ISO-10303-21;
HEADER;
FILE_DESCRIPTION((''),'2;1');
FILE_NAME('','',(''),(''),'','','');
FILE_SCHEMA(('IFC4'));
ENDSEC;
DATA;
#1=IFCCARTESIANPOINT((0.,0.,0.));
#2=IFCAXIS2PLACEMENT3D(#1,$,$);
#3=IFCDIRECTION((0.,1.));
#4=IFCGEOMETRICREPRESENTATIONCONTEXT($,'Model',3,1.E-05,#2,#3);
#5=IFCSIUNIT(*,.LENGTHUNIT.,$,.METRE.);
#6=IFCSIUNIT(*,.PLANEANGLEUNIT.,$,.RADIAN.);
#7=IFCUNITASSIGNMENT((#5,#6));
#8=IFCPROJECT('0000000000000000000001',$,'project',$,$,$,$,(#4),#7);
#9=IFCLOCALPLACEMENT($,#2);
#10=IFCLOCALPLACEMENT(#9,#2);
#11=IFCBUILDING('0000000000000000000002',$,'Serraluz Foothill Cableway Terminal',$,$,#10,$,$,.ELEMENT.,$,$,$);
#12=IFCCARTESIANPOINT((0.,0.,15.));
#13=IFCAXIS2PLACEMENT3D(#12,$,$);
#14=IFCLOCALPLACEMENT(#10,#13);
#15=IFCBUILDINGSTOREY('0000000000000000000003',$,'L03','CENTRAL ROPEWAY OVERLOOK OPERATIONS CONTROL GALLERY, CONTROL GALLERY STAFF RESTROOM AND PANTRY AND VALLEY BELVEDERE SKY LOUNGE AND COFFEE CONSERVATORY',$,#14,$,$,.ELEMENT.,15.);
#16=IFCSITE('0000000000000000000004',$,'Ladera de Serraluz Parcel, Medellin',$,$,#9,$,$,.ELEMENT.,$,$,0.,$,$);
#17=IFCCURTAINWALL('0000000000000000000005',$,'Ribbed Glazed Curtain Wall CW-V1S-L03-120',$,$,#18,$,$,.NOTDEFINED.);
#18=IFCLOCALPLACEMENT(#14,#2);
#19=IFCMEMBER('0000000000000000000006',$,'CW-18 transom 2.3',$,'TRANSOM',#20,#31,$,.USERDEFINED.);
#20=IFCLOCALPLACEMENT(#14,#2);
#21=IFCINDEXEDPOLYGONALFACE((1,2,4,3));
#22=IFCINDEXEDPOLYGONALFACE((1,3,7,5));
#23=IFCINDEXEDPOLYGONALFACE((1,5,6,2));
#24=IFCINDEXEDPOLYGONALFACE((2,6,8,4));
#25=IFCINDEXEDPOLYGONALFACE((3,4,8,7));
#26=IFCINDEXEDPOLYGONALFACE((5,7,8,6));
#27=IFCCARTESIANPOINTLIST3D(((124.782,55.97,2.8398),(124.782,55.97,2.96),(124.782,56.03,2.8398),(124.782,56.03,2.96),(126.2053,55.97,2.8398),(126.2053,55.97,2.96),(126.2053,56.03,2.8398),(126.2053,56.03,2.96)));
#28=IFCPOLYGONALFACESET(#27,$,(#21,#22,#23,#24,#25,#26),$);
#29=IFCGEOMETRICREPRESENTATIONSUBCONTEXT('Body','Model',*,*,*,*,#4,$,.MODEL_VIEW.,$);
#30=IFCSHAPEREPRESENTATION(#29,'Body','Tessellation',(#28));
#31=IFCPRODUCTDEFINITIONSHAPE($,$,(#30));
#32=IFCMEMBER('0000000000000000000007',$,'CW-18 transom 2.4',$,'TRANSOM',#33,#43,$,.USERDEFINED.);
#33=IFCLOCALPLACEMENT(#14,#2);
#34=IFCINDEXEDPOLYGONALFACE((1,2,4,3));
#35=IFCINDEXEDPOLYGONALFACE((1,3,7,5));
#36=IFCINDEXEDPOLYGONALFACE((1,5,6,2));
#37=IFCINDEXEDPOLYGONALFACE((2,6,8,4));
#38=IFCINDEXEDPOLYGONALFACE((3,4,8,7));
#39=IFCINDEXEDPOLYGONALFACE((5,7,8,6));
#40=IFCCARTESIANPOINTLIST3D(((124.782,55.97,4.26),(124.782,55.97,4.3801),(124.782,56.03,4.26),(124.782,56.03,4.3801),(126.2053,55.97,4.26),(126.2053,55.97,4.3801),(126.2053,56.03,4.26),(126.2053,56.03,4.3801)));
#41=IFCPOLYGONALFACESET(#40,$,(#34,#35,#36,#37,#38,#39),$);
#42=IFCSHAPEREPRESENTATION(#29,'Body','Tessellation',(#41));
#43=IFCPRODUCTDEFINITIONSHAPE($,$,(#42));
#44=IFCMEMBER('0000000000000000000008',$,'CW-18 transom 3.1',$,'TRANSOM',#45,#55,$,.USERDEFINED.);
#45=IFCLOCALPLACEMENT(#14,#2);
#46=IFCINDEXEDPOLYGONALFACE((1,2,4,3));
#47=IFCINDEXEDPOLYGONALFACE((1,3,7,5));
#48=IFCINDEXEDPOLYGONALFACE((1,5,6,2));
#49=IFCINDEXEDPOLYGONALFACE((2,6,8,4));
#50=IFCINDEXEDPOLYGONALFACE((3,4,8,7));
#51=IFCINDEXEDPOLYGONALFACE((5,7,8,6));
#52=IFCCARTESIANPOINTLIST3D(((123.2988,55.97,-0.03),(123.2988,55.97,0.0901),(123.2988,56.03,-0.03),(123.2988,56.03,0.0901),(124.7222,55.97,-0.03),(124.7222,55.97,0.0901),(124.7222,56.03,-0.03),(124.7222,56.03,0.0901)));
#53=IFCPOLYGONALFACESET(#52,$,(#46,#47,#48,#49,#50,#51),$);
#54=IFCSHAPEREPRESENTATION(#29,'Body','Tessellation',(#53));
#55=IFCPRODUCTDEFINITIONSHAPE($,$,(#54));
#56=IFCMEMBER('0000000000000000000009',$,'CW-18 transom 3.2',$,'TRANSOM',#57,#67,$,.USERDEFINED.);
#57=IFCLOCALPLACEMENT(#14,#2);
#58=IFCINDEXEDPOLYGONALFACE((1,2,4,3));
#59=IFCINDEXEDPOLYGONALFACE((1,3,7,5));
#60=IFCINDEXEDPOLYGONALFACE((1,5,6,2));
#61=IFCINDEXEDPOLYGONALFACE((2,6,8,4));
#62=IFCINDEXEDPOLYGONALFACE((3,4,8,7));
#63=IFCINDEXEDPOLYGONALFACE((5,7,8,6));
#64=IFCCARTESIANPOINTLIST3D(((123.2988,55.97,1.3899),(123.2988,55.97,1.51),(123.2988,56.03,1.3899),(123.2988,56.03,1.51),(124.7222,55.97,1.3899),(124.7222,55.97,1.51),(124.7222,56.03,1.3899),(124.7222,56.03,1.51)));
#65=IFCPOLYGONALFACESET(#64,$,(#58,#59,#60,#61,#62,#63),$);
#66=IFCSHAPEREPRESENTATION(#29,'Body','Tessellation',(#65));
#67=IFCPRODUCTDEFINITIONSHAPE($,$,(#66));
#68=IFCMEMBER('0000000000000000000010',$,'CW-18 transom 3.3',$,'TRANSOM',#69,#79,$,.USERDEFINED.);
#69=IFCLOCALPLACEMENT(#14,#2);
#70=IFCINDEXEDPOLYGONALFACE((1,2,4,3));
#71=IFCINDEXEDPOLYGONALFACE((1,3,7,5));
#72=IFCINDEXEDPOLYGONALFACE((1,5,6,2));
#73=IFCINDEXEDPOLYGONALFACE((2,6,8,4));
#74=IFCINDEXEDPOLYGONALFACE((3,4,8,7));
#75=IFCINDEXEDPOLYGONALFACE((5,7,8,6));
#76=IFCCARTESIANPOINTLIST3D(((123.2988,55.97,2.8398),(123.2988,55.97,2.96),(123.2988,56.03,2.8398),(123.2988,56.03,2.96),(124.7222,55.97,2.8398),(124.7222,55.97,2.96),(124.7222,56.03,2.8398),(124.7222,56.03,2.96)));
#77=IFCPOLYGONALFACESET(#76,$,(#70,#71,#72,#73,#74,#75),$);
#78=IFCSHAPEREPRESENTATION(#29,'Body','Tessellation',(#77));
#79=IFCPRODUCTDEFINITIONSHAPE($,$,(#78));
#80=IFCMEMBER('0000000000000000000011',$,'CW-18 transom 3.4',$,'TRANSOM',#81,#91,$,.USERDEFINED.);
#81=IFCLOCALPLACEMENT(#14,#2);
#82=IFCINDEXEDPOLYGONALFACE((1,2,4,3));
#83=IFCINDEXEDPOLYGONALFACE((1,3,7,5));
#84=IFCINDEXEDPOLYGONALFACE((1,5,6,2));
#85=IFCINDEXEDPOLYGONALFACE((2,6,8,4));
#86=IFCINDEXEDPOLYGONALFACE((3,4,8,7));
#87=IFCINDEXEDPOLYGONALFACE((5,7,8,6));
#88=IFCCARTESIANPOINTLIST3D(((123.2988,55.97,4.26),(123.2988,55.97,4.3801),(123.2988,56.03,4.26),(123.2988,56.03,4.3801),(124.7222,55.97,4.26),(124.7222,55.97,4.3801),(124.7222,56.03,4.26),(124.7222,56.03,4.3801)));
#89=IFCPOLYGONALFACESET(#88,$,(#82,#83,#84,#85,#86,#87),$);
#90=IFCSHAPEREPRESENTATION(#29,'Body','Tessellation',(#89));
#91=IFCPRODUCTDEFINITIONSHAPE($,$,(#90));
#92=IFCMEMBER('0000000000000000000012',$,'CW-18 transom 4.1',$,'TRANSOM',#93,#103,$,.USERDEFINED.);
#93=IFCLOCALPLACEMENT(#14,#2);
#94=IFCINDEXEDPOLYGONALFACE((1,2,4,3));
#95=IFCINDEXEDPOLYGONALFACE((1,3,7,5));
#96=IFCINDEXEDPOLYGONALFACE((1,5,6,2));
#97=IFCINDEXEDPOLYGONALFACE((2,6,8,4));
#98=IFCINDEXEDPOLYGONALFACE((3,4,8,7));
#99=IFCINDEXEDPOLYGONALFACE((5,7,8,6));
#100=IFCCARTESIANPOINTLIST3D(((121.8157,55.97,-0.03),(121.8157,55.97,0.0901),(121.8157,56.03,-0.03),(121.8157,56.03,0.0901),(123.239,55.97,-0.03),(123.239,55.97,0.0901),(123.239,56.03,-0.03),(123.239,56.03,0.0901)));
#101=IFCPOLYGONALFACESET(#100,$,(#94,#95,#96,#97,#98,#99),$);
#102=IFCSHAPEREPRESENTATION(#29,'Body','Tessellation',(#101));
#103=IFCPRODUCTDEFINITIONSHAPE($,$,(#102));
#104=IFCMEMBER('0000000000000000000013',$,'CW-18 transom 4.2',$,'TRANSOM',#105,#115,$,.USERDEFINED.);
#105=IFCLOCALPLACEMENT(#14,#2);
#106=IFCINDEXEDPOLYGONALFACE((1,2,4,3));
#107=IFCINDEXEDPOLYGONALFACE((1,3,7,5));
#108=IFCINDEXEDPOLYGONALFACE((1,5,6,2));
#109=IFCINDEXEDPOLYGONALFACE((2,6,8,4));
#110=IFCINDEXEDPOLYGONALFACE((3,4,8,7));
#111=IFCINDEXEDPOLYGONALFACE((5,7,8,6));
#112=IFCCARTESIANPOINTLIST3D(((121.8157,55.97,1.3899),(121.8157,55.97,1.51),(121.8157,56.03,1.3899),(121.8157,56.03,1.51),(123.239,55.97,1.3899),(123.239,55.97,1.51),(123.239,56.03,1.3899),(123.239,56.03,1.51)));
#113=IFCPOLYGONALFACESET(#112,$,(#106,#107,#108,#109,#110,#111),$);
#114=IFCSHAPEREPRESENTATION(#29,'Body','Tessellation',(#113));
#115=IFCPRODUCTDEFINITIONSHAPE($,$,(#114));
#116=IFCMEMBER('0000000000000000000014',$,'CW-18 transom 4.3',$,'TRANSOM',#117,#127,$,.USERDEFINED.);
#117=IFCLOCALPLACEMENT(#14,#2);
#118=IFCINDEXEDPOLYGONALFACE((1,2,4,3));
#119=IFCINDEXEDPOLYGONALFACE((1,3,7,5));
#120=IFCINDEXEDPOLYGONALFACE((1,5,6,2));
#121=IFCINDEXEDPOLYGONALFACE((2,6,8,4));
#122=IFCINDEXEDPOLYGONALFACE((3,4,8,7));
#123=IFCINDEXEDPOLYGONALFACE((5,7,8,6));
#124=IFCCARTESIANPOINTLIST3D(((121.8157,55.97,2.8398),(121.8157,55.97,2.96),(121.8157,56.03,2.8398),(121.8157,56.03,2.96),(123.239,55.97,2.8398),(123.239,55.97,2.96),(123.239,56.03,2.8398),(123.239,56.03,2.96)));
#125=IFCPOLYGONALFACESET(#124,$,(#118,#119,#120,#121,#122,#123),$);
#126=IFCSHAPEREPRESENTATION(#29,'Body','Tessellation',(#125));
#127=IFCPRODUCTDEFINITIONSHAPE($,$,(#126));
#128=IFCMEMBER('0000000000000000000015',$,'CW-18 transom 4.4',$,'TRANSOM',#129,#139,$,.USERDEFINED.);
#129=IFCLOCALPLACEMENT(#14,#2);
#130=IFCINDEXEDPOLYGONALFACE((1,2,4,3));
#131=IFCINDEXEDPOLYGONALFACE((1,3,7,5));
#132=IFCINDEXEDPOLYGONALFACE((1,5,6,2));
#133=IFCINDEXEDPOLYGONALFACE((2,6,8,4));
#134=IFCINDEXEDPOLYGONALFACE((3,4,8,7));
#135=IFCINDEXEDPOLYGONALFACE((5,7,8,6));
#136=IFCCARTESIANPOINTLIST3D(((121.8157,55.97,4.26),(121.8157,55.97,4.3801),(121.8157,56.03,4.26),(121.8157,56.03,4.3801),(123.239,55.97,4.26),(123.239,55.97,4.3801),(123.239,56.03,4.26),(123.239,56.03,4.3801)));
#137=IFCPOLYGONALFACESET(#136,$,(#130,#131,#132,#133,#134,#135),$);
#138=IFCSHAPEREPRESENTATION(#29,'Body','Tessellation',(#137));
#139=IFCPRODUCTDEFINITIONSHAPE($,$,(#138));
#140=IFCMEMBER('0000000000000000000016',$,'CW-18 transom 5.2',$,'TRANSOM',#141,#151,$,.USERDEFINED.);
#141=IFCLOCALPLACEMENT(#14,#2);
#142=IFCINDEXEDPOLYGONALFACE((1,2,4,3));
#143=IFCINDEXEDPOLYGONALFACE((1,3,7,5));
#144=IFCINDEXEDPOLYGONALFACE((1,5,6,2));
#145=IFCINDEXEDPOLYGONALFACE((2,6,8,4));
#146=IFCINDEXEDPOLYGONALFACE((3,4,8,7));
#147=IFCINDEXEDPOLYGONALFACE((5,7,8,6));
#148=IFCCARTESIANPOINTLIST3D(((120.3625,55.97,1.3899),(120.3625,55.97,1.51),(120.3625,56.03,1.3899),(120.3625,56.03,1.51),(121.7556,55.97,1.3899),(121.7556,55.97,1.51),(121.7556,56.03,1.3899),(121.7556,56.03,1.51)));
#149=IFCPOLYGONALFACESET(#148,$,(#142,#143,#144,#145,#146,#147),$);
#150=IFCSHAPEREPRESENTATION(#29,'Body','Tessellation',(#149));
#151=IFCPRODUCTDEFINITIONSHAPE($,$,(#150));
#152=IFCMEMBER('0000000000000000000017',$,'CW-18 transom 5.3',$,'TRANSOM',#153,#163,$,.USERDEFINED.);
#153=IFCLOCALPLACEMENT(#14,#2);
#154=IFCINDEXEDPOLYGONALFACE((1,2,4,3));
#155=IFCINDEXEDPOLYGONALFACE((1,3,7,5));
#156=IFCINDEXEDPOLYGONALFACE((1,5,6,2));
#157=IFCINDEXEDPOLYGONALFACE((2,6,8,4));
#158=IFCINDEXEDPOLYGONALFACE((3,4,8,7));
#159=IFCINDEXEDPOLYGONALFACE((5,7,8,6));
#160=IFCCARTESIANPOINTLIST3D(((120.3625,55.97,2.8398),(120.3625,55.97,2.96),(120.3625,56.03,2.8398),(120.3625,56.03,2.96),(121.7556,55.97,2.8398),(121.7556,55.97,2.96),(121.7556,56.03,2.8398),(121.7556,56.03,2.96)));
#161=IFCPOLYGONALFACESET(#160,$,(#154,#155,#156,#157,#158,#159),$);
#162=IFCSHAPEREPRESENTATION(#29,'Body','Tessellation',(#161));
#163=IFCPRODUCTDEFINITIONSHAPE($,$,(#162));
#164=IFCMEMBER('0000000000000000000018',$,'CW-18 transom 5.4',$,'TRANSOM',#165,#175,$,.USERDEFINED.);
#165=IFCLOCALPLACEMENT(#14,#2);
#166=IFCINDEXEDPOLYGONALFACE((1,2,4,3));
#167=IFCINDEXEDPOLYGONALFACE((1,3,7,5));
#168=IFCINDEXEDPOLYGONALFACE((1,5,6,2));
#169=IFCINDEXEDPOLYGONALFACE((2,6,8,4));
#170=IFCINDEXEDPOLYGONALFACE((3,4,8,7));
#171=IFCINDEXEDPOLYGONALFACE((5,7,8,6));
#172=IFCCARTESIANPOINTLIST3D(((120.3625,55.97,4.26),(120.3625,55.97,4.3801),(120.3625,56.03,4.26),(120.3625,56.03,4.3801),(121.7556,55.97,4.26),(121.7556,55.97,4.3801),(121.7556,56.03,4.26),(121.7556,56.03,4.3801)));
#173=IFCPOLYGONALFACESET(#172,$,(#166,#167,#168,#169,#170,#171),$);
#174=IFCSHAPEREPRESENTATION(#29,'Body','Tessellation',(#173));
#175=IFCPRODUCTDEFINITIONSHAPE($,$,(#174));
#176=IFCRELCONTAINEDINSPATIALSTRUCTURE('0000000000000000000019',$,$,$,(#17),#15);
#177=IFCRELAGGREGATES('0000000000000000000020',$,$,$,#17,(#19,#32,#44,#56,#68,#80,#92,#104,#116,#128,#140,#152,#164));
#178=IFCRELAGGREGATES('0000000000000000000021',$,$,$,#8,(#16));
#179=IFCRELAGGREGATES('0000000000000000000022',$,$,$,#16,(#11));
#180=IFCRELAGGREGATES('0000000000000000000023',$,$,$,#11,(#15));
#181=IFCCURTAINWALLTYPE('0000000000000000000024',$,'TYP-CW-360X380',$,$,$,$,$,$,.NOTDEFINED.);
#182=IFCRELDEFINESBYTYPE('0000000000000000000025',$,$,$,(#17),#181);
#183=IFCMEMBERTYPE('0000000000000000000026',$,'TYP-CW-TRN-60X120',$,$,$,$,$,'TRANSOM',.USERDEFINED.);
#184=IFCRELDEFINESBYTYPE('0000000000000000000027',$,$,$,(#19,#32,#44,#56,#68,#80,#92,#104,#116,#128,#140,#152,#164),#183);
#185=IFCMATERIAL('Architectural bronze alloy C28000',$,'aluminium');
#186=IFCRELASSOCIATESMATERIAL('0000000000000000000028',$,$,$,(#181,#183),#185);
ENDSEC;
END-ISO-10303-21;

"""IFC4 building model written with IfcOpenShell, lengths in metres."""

from ifc_helpers import new_model, si_unit, direction, frame, origin, origin_2d, place, context, subcontext, project, spatial, rectangle, extrude, material, material_profile, profile_set, type_object, element, aggregate, save


model = new_model("IFC4")

# Units and contexts
model_context = context("Model", 3, precision=1e-05, world=origin(), true_north=direction((0.0, 1.0)))
body_context = subcontext(model_context, "Body", "Model", "MODEL_VIEW")
ifc_project = project(units=[si_unit("LENGTHUNIT", "METRE"), si_unit("PLANEANGLEUNIT", "RADIAN")], contexts=[model_context])

# Site, building, storey
site_placement = place(None, origin())
site = spatial("IfcSite", under=ifc_project, at=site_placement, Name="Ladera de Serraluz Parcel, Medellin", CompositionType="ELEMENT", RefElevation=0.0)
building_placement = place(site_placement, origin())
building = spatial("IfcBuilding", under=site, at=building_placement, Name="Serraluz Foothill Cableway Terminal", CompositionType="ELEMENT")
storey_placement = place(building_placement, frame((0.0, 0.0, 15.0)))
storey = spatial("IfcBuildingStorey", under=building, at=storey_placement, Name="L03", Description="CENTRAL ROPEWAY OVERLOOK OPERATIONS CONTROL GALLERY, CONTROL GALLERY STAFF RESTROOM AND PANTRY AND VALLEY BELVEDERE SKY LOUNGE AND COFFEE CONSERVATORY", CompositionType="ELEMENT", Elevation=15.0)

# Curtain wall, members
ifc_material_1 = material(Name="Architectural bronze alloy C28000", Category="aluminium")
curtain_wall_type = type_object("IfcCurtainWallType", Name="TYP-CW-360X380", PredefinedType="NOTDEFINED", material=ifc_material_1)
curtain_wall_placement = place(storey_placement, origin())
curtain_wall = element("IfcCurtainWall", 1, at=curtain_wall_placement, inside=storey, type_object=curtain_wall_type, Name="Ribbed Glazed Curtain Wall CW-V1S-L03-120", PredefinedType="NOTDEFINED")
ifc_material_profile_1 = material_profile(ifc_material_1, rectangle(XDim=0.0601, YDim=0.1201, at=origin_2d()), Name="ALU TRANSOM 60x120")
ifc_profile_set_1 = profile_set([ifc_material_profile_1], Name="Architectural bronze alloy C28000")
member_type_1 = type_object("IfcMemberType", Name="TYP-CW-TRN-60X120", ElementType="TRANSOM", PredefinedType="USERDEFINED", material=ifc_profile_set_1)
member_1_placement = place(storey_placement, frame((126.2053, 56.0, 2.8999), z_axis=(-1.0, 0.0, 0.0), x_axis=(0.0, -1.0, 0.0)))
member_1 = element("IfcMember", 2, at=member_1_placement, type_object=member_type_1, Name="CW-18 transom 2.3", ObjectType="TRANSOM", PredefinedType="USERDEFINED", context=body_context, shape_type="SweptSolid", body=[
    extrude(rectangle(XDim=0.0601, YDim=0.1201, at=origin_2d()), origin(), (0.0, 0.0, 1.0), 1.4233),
])
member_2_placement = place(storey_placement, frame((126.2053, 56.0, 4.3201), z_axis=(-1.0, 0.0, 0.0), x_axis=(0.0, -1.0, 0.0)))
member_2 = element("IfcMember", 3, at=member_2_placement, type_object=member_type_1, Name="CW-18 transom 2.4", ObjectType="TRANSOM", PredefinedType="USERDEFINED", context=body_context, shape_type="SweptSolid", body=[
    extrude(rectangle(XDim=0.0601, YDim=0.1201, at=origin_2d()), origin(), (0.0, 0.0, 1.0), 1.4233),
])
member_3_placement = place(storey_placement, frame((124.7222, 56.0, 0.03), z_axis=(-1.0, 0.0, 0.0), x_axis=(0.0, -1.0, 0.0)))
member_3 = element("IfcMember", 4, at=member_3_placement, type_object=member_type_1, Name="CW-18 transom 3.1", ObjectType="TRANSOM", PredefinedType="USERDEFINED", context=body_context, shape_type="SweptSolid", body=[
    extrude(rectangle(XDim=0.0601, YDim=0.1201, at=origin_2d()), origin(), (0.0, 0.0, 1.0), 1.4233),
])
member_4_placement = place(storey_placement, frame((124.7222, 56.0, 1.45), z_axis=(-1.0, 0.0, 0.0), x_axis=(0.0, -1.0, 0.0)))
member_4 = element("IfcMember", 5, at=member_4_placement, type_object=member_type_1, Name="CW-18 transom 3.2", ObjectType="TRANSOM", PredefinedType="USERDEFINED", context=body_context, shape_type="SweptSolid", body=[
    extrude(rectangle(XDim=0.0601, YDim=0.1201, at=origin_2d()), origin(), (0.0, 0.0, 1.0), 1.4233),
])
member_5_placement = place(storey_placement, frame((124.7222, 56.0, 2.8999), z_axis=(-1.0, 0.0, 0.0), x_axis=(0.0, -1.0, 0.0)))
member_5 = element("IfcMember", 6, at=member_5_placement, type_object=member_type_1, Name="CW-18 transom 3.3", ObjectType="TRANSOM", PredefinedType="USERDEFINED", context=body_context, shape_type="SweptSolid", body=[
    extrude(rectangle(XDim=0.0601, YDim=0.1201, at=origin_2d()), origin(), (0.0, 0.0, 1.0), 1.4233),
])
member_6_placement = place(storey_placement, frame((124.7222, 56.0, 4.3201), z_axis=(-1.0, 0.0, 0.0), x_axis=(0.0, -1.0, 0.0)))
member_6 = element("IfcMember", 7, at=member_6_placement, type_object=member_type_1, Name="CW-18 transom 3.4", ObjectType="TRANSOM", PredefinedType="USERDEFINED", context=body_context, shape_type="SweptSolid", body=[
    extrude(rectangle(XDim=0.0601, YDim=0.1201, at=origin_2d()), origin(), (0.0, 0.0, 1.0), 1.4233),
])
member_7_placement = place(storey_placement, frame((123.239, 56.0, 0.03), z_axis=(-1.0, 0.0, 0.0), x_axis=(0.0, -1.0, 0.0)))
member_7 = element("IfcMember", 8, at=member_7_placement, type_object=member_type_1, Name="CW-18 transom 4.1", ObjectType="TRANSOM", PredefinedType="USERDEFINED", context=body_context, shape_type="SweptSolid", body=[
    extrude(rectangle(XDim=0.0601, YDim=0.1201, at=origin_2d()), origin(), (0.0, 0.0, 1.0), 1.4233),
])
member_8_placement = place(storey_placement, frame((123.239, 56.0, 1.45), z_axis=(-1.0, 0.0, 0.0), x_axis=(0.0, -1.0, 0.0)))
member_8 = element("IfcMember", 9, at=member_8_placement, type_object=member_type_1, Name="CW-18 transom 4.2", ObjectType="TRANSOM", PredefinedType="USERDEFINED", context=body_context, shape_type="SweptSolid", body=[
    extrude(rectangle(XDim=0.0601, YDim=0.1201, at=origin_2d()), origin(), (0.0, 0.0, 1.0), 1.4233),
])
member_9_placement = place(storey_placement, frame((123.239, 56.0, 2.8999), z_axis=(-1.0, 0.0, 0.0), x_axis=(0.0, -1.0, 0.0)))
member_9 = element("IfcMember", 10, at=member_9_placement, type_object=member_type_1, Name="CW-18 transom 4.3", ObjectType="TRANSOM", PredefinedType="USERDEFINED", context=body_context, shape_type="SweptSolid", body=[
    extrude(rectangle(XDim=0.0601, YDim=0.1201, at=origin_2d()), origin(), (0.0, 0.0, 1.0), 1.4233),
])
member_10_placement = place(storey_placement, frame((123.239, 56.0, 4.3201), z_axis=(-1.0, 0.0, 0.0), x_axis=(0.0, -1.0, 0.0)))
member_10 = element("IfcMember", 11, at=member_10_placement, type_object=member_type_1, Name="CW-18 transom 4.4", ObjectType="TRANSOM", PredefinedType="USERDEFINED", context=body_context, shape_type="SweptSolid", body=[
    extrude(rectangle(XDim=0.0601, YDim=0.1201, at=origin_2d()), origin(), (0.0, 0.0, 1.0), 1.4233),
])
member_11_placement = place(storey_placement, frame((121.7556, 56.0, 1.45), z_axis=(-1.0, 0.0, 0.0), x_axis=(0.0, -1.0, 0.0)))
member_11 = element("IfcMember", 12, at=member_11_placement, type_object=member_type_1, Name="CW-18 transom 5.2", ObjectType="TRANSOM", PredefinedType="USERDEFINED", context=body_context, shape_type="SweptSolid", body=[
    extrude(rectangle(XDim=0.0601, YDim=0.1201, at=origin_2d()), origin(), (0.0, 0.0, 1.0), 1.3931),
])
member_12_placement = place(storey_placement, frame((121.7556, 56.0, 2.8999), z_axis=(-1.0, 0.0, 0.0), x_axis=(0.0, -1.0, 0.0)))
member_12 = element("IfcMember", 13, at=member_12_placement, type_object=member_type_1, Name="CW-18 transom 5.3", ObjectType="TRANSOM", PredefinedType="USERDEFINED", context=body_context, shape_type="SweptSolid", body=[
    extrude(rectangle(XDim=0.0601, YDim=0.1201, at=origin_2d()), origin(), (0.0, 0.0, 1.0), 1.3931),
])
member_13_placement = place(storey_placement, frame((121.7556, 56.0, 4.3201), z_axis=(-1.0, 0.0, 0.0), x_axis=(0.0, -1.0, 0.0)))
member_13 = element("IfcMember", 14, at=member_13_placement, type_object=member_type_1, Name="CW-18 transom 5.4", ObjectType="TRANSOM", PredefinedType="USERDEFINED", context=body_context, shape_type="SweptSolid", body=[
    extrude(rectangle(XDim=0.0601, YDim=0.1201, at=origin_2d()), origin(), (0.0, 0.0, 1.0), 1.3931),
])

aggregate(curtain_wall, [member_1, member_2, member_3, member_4, member_5, member_6, member_7, member_8, member_9, member_10, member_11, member_12, member_13])

save(model, "model.ifc")
